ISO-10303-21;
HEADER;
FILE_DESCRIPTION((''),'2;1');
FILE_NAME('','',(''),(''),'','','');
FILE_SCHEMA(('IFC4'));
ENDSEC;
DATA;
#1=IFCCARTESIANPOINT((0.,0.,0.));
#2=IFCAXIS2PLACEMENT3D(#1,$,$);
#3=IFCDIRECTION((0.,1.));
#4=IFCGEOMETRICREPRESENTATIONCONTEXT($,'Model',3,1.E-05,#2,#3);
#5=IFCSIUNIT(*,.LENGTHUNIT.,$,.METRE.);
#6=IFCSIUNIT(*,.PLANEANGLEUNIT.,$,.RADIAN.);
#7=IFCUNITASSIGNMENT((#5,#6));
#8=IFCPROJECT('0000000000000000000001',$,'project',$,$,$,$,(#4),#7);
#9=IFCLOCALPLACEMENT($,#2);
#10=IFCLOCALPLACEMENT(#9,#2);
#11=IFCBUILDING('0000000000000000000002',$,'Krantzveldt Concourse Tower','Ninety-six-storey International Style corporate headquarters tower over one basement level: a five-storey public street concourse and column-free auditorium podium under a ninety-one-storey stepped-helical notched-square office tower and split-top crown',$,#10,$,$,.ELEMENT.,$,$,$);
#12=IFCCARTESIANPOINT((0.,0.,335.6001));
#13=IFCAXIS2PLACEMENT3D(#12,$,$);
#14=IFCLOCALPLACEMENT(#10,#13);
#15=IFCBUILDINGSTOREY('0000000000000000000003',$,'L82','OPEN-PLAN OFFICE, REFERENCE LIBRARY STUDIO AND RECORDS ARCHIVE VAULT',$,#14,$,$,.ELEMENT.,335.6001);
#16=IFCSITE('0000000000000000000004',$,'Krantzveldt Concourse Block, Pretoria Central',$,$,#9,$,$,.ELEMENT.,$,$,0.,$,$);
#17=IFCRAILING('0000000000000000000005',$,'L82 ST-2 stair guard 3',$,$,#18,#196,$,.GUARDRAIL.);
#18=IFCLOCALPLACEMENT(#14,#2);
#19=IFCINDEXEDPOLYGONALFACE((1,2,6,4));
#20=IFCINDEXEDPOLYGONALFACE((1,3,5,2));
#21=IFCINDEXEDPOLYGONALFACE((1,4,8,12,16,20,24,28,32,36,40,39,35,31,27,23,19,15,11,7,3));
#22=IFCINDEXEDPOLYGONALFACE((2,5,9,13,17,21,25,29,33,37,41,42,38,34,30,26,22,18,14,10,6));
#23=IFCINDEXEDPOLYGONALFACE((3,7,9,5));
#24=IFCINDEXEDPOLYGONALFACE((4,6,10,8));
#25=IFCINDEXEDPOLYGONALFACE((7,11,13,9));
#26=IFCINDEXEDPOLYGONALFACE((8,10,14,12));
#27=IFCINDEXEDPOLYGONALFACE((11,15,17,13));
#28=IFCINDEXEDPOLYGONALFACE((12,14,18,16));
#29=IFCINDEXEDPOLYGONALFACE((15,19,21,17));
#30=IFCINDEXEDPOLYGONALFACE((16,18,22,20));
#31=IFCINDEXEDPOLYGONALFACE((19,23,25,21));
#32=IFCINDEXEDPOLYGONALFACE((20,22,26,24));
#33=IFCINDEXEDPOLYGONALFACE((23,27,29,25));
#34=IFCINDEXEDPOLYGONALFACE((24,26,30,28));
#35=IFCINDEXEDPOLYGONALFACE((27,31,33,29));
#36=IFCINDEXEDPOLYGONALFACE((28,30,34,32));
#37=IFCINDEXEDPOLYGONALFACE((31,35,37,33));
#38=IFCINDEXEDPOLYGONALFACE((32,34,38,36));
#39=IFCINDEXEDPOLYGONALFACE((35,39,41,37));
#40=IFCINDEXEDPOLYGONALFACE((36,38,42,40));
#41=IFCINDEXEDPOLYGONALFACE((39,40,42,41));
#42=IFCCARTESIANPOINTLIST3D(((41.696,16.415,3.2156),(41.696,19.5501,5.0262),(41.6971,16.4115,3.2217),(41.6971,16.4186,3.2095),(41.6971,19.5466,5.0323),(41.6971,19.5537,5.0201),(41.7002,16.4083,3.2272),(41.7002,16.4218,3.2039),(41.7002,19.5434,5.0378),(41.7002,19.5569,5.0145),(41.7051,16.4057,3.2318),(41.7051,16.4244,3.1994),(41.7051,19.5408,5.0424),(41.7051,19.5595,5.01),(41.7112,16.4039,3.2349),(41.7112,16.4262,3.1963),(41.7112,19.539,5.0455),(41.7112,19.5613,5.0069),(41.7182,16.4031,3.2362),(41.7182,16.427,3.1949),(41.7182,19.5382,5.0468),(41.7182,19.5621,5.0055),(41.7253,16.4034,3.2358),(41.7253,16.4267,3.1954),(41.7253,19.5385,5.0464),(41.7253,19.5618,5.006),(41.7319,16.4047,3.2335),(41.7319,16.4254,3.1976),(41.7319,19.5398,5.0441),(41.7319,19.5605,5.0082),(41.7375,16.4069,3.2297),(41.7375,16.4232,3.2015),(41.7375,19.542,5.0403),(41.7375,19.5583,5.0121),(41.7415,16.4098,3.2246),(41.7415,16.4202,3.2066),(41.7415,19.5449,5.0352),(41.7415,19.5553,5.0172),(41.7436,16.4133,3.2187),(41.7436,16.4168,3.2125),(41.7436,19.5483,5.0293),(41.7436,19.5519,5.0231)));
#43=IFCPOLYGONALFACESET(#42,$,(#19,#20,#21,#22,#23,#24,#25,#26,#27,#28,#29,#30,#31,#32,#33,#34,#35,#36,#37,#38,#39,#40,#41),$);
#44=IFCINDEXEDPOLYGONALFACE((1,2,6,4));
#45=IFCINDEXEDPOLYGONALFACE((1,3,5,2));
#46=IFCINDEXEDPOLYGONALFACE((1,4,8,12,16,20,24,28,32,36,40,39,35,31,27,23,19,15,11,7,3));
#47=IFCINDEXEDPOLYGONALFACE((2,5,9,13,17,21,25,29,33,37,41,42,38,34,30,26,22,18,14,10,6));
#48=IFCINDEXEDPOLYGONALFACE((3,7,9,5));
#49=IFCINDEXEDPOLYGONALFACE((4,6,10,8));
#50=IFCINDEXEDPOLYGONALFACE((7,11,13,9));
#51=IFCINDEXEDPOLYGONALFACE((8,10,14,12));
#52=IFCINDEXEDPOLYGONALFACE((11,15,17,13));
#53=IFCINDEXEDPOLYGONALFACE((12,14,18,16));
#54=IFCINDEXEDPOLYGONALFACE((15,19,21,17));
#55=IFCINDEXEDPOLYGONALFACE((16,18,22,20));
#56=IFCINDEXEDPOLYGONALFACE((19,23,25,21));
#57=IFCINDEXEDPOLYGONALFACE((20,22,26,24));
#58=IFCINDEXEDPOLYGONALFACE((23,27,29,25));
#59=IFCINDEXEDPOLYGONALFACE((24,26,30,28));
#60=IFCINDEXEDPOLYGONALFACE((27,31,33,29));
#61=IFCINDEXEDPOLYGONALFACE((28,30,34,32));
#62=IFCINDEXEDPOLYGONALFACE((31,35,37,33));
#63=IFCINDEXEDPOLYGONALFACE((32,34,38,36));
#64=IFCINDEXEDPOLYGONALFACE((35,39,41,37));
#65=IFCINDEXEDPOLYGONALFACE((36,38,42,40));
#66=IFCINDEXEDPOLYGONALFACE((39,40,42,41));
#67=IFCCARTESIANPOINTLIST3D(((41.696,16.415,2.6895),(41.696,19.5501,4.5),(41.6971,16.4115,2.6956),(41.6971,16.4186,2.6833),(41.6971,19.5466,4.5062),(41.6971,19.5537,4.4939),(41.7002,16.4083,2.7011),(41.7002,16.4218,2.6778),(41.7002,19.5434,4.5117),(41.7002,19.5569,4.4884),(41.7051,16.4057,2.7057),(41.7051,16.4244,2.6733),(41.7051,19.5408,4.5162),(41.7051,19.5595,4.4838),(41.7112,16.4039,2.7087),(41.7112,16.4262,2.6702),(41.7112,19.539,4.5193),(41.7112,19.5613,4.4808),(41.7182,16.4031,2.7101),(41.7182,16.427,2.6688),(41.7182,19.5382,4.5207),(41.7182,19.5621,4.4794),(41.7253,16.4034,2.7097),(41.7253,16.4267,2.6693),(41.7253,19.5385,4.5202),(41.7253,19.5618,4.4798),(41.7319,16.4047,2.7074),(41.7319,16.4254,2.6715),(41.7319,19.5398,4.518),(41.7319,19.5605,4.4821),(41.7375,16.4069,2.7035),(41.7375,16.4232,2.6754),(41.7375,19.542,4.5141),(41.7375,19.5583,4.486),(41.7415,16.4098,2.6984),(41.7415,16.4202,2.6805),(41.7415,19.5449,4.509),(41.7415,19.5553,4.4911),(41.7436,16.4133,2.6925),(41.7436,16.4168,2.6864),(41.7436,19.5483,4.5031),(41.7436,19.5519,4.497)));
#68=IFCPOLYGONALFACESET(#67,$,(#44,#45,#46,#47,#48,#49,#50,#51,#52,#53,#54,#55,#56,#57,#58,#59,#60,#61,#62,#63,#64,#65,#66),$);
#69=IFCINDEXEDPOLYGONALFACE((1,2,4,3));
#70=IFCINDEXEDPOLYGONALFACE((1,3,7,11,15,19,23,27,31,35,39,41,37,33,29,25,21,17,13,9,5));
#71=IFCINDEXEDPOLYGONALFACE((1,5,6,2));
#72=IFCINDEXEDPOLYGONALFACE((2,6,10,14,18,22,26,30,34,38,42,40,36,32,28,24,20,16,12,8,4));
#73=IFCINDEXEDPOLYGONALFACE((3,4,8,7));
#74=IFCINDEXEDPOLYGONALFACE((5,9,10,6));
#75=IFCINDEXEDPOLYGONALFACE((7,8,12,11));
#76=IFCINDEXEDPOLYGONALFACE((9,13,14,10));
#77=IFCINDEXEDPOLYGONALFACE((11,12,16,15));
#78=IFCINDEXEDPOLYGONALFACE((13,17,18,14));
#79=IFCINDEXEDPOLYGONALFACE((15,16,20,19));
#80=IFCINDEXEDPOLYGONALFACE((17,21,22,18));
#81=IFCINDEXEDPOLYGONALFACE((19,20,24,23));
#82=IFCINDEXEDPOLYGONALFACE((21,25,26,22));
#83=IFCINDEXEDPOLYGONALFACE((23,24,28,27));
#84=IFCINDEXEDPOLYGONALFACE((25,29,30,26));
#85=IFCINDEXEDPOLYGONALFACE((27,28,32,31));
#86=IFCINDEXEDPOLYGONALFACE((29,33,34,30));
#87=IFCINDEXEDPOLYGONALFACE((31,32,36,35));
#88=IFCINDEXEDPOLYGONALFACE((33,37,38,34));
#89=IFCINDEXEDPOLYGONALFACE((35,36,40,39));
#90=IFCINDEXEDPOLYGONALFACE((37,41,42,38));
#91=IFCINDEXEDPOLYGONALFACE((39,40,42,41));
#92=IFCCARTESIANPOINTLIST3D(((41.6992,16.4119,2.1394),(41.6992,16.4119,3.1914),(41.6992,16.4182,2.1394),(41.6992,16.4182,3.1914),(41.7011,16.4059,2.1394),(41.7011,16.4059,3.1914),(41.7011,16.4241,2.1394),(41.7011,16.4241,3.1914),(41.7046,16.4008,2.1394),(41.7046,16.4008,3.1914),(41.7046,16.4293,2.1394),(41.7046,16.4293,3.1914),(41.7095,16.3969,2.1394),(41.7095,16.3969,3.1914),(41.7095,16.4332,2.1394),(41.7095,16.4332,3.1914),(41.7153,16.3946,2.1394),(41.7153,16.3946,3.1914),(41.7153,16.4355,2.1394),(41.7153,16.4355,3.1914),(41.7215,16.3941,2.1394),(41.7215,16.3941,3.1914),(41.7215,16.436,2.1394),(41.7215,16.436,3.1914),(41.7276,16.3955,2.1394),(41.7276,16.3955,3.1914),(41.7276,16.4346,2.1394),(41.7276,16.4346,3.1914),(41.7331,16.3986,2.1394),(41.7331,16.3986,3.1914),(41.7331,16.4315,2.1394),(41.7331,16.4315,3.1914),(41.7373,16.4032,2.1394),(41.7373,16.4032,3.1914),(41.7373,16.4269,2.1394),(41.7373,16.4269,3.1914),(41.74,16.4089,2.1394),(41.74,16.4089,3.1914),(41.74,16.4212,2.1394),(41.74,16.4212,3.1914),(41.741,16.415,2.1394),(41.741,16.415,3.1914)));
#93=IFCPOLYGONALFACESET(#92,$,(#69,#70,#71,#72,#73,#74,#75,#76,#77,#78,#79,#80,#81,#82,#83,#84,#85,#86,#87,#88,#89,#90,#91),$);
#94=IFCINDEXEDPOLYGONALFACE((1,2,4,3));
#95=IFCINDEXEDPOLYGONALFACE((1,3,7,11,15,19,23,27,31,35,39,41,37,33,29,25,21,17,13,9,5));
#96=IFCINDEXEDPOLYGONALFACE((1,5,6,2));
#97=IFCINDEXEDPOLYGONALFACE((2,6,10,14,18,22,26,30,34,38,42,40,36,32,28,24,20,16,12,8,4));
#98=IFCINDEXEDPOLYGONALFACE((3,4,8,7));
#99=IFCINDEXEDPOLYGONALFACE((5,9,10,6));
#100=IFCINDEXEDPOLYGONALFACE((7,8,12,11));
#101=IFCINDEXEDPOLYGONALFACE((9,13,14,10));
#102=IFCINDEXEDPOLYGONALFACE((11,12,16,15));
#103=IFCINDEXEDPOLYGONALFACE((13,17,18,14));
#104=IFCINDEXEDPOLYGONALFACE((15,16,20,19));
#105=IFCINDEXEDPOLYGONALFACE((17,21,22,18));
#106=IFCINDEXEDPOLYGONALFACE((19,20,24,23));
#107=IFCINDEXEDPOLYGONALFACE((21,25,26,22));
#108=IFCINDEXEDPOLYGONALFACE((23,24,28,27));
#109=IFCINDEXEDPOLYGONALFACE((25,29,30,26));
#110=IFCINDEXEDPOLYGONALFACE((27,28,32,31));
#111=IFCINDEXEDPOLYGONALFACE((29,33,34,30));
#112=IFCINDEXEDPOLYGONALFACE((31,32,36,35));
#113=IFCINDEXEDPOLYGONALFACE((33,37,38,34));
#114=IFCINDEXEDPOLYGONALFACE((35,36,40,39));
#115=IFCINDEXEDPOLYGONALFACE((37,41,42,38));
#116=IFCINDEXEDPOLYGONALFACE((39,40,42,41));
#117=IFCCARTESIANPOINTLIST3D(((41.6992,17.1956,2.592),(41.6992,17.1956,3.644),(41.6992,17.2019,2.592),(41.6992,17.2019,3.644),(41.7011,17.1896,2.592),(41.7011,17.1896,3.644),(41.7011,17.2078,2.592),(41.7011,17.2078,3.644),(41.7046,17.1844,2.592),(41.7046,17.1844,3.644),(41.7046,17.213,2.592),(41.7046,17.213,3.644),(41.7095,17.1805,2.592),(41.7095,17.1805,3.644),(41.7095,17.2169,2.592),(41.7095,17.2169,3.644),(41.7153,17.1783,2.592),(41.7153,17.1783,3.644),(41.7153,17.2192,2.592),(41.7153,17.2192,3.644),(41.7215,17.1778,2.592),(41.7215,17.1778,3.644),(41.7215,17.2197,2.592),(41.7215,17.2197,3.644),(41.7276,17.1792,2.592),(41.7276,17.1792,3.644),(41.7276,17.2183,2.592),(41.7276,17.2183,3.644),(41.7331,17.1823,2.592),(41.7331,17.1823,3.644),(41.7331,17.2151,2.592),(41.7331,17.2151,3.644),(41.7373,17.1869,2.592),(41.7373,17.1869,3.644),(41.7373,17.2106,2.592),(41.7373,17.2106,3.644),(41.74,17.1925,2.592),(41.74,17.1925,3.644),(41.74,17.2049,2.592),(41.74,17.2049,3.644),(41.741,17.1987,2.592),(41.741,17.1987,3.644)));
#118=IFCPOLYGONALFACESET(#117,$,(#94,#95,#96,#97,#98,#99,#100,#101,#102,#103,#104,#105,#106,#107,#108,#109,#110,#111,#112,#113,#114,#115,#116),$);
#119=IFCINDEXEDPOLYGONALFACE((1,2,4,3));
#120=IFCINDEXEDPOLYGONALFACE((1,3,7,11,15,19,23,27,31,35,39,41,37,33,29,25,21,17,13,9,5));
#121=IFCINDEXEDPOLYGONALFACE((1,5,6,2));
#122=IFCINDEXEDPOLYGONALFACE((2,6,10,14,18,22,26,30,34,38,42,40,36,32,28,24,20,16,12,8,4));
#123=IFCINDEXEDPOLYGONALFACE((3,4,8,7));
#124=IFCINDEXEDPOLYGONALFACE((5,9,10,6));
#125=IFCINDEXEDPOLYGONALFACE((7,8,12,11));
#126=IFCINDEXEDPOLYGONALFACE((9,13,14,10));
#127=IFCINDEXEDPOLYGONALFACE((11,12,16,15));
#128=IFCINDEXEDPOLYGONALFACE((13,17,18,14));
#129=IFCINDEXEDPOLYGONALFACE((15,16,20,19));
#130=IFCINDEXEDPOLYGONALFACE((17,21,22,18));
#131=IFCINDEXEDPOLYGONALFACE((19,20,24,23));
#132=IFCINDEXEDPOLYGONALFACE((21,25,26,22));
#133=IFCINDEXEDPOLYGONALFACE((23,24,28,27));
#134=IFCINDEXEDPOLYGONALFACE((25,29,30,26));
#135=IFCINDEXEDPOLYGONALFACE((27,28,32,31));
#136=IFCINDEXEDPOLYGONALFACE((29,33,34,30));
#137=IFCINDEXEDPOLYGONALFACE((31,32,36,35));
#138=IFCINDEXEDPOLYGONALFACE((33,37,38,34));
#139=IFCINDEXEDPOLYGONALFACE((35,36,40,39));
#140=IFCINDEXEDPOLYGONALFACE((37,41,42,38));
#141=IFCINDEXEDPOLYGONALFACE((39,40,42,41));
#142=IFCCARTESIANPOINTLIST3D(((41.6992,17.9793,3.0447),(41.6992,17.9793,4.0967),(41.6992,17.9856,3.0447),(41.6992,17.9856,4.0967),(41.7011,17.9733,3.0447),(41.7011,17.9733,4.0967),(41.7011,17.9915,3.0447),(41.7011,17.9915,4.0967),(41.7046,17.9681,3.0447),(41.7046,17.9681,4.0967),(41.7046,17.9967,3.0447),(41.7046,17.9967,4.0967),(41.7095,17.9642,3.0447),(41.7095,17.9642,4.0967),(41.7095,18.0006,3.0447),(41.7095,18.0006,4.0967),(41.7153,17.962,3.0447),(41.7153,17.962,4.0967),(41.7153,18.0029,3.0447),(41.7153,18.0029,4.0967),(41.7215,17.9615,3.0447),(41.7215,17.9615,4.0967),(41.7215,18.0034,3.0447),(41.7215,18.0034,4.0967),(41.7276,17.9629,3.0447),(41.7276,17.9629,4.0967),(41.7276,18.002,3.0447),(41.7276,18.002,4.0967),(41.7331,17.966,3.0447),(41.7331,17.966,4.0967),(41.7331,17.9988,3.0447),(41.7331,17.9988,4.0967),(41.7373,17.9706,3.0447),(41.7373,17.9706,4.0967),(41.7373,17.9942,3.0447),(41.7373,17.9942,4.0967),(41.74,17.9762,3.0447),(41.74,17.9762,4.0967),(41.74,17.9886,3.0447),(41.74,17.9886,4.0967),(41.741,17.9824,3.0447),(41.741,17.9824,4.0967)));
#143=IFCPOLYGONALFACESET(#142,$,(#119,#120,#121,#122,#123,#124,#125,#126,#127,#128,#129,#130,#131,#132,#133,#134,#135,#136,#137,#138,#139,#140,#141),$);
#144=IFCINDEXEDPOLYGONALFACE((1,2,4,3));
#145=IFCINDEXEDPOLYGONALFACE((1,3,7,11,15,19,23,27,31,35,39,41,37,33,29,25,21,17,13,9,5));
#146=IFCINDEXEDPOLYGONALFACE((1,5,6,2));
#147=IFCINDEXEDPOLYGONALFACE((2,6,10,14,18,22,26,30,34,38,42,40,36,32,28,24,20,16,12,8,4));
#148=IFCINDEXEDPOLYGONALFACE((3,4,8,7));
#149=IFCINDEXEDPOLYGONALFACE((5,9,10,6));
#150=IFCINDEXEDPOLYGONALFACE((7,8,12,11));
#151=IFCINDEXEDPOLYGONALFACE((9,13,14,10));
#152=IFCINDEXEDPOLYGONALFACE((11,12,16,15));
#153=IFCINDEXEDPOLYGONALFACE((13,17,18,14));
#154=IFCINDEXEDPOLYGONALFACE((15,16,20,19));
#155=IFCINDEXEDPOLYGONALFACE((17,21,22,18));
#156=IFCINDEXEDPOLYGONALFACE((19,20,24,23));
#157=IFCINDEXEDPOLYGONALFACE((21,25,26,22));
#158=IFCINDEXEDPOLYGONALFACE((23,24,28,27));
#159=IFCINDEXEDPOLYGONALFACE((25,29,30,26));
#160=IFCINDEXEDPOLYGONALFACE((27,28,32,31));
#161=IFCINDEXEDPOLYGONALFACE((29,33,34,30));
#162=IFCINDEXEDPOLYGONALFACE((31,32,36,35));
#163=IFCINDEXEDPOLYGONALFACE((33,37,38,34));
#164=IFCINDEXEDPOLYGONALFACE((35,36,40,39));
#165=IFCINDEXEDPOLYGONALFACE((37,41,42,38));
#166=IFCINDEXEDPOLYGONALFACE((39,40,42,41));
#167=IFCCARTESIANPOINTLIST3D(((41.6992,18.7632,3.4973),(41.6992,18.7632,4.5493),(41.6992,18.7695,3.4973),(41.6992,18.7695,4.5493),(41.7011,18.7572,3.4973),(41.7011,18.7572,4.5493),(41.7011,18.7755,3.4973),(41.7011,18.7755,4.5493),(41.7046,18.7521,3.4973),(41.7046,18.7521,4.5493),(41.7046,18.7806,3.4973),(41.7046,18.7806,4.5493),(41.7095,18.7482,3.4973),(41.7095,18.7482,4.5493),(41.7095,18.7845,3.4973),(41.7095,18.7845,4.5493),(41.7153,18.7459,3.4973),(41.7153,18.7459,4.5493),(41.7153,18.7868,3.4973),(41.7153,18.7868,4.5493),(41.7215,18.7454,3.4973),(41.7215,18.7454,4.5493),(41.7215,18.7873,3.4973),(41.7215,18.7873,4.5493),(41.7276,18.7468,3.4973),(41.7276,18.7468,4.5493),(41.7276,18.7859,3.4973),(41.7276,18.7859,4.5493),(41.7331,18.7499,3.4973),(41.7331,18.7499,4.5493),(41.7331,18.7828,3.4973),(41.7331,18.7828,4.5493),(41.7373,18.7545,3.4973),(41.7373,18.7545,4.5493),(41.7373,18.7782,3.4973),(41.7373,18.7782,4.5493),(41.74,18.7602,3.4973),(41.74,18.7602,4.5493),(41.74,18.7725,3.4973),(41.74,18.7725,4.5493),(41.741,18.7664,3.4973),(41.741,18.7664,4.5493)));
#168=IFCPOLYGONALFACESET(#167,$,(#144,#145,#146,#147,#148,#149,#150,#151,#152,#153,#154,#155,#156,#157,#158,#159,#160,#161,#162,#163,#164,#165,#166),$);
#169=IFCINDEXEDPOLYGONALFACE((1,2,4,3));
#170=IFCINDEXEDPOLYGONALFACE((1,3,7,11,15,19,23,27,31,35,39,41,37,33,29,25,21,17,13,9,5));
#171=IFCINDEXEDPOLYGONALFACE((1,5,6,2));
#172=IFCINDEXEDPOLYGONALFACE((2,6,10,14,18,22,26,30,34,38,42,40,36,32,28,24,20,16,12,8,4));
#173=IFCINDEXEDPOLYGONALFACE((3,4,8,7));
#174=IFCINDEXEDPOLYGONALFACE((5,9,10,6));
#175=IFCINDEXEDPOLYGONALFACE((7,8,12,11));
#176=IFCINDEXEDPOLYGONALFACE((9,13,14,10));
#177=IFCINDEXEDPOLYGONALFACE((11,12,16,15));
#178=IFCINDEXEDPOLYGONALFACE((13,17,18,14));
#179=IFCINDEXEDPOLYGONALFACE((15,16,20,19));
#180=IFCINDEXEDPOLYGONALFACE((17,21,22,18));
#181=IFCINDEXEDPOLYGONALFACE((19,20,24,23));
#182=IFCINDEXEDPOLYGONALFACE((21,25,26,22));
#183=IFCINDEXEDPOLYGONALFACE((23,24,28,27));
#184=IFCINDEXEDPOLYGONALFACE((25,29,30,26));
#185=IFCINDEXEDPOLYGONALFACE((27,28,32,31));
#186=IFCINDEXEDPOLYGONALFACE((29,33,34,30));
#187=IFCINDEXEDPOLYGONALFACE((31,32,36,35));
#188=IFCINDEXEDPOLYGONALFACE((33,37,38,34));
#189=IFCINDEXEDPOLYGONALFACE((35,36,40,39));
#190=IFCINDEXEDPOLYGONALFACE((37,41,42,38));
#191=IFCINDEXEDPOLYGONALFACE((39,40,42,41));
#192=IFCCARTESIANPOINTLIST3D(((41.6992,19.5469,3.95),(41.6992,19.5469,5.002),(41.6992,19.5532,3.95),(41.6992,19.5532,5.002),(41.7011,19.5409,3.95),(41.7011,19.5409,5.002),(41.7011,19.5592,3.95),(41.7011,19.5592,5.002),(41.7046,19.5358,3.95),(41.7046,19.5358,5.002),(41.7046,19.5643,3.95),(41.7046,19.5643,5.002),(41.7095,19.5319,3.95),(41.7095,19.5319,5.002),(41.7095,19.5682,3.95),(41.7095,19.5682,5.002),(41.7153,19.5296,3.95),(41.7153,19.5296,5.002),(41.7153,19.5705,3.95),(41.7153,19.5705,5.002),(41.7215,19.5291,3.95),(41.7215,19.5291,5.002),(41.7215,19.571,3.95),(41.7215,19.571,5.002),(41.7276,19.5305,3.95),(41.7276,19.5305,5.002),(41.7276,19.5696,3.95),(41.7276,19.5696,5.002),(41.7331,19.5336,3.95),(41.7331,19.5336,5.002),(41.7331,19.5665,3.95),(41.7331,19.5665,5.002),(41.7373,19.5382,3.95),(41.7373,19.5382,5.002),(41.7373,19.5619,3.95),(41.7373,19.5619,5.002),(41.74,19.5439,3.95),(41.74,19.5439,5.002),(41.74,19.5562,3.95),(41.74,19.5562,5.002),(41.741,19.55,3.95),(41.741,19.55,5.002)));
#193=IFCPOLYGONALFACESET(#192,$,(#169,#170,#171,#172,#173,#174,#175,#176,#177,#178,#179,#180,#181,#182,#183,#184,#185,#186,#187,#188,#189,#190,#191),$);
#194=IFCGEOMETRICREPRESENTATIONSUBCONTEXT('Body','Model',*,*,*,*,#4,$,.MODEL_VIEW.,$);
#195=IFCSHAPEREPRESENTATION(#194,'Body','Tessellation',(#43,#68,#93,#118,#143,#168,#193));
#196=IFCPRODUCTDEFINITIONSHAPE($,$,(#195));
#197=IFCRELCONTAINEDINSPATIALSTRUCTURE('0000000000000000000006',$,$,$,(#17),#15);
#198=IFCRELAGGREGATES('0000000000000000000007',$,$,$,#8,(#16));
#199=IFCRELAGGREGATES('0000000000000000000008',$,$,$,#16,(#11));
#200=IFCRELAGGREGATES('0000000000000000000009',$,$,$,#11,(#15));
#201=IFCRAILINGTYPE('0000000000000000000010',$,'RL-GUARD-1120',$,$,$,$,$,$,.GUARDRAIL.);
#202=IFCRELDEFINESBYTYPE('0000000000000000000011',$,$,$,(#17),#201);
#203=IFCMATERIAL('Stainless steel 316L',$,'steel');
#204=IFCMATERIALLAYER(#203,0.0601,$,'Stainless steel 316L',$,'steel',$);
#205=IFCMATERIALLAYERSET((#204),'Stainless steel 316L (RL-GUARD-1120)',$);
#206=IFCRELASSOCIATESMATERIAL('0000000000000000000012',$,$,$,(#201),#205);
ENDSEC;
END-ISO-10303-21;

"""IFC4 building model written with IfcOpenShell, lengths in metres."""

from ifc_helpers import new_model, si_unit, direction, frame, origin, origin_2d, place, context, subcontext, project, spatial, circle, extrude, material, layer, layer_set, type_object, element, save


model = new_model("IFC4")

# Units and contexts
model_context = context("Model", 3, precision=1e-05, world=origin(), true_north=direction((0.0, 1.0)))
body_context = subcontext(model_context, "Body", "Model", "MODEL_VIEW")
ifc_project = project(units=[si_unit("LENGTHUNIT", "METRE"), si_unit("PLANEANGLEUNIT", "RADIAN")], contexts=[model_context])

# Site, building, storey
site_placement = place(None, origin())
site = spatial("IfcSite", under=ifc_project, at=site_placement, Name="Krantzveldt Concourse Block, Pretoria Central", CompositionType="ELEMENT", RefElevation=0.0)
building_placement = place(site_placement, origin())
building = spatial("IfcBuilding", under=site, at=building_placement, Name="Krantzveldt Concourse Tower", Description="Ninety-six-storey International Style corporate headquarters tower over one basement level: a five-storey public street concourse and column-free auditorium podium under a ninety-one-storey stepped-helical notched-square office tower and split-top crown", CompositionType="ELEMENT")
storey_placement = place(building_placement, frame((0.0, 0.0, 335.6001)))
storey = spatial("IfcBuildingStorey", under=building, at=storey_placement, Name="L82", Description="OPEN-PLAN OFFICE, REFERENCE LIBRARY STUDIO AND RECORDS ARCHIVE VAULT", CompositionType="ELEMENT", Elevation=335.6001)

# Shared definitions
ifc_material_1 = material(Name="Stainless steel 316L", Category="steel")

# Railing
ifc_layer_1 = layer(ifc_material_1, 0.0601, Name="Stainless steel 316L", Category="steel")
ifc_layer_set_1 = layer_set([ifc_layer_1], Name="Stainless steel 316L (RL-GUARD-1120)")
railing_type_1 = type_object("IfcRailingType", Name="RL-GUARD-1120", PredefinedType="GUARDRAIL", material=ifc_layer_set_1)
railing_1_placement = place(storey_placement, frame((41.72, 16.415, 2.1394)))
element("IfcRailing", 1, at=railing_1_placement, inside=storey, type_object=railing_type_1, Name="L82 ST-2 stair guard 3", PredefinedType="GUARDRAIL", context=body_context, shape_type="SweptSolid", body=[
    extrude(circle(Radius=0.0239, at=origin_2d()), frame((0.0, 0.0, 1.0762), z_axis=(0.0, 0.86596, 0.500114), x_axis=(-1.0, 0.0, 0.0)), (0.0, 0.0, 1.0), 3.6204),
    extrude(circle(Radius=0.0239, at=origin_2d()), frame((0.0, 0.0, 0.55), z_axis=(0.0, 0.86596, 0.500114), x_axis=(-1.0, 0.0, 0.0)), (0.0, 0.0, 1.0), 3.6204),
    extrude(circle(Radius=0.021, at=origin_2d()), origin(), (0.0, 0.0, 1.0), 1.052),
    extrude(circle(Radius=0.021, at=origin_2d()), frame((0.0, 0.7837, 0.4526)), (0.0, 0.0, 1.0), 1.052),
    extrude(circle(Radius=0.021, at=origin_2d()), frame((0.0, 1.5674, 0.9053)), (0.0, 0.0, 1.0), 1.052),
    extrude(circle(Radius=0.021, at=origin_2d()), frame((0.0, 2.3513, 1.3579)), (0.0, 0.0, 1.0), 1.052),
    extrude(circle(Radius=0.021, at=origin_2d()), frame((0.0, 3.135, 1.8105)), (0.0, 0.0, 1.0), 1.052),
])

save(model, "model.ifc")
